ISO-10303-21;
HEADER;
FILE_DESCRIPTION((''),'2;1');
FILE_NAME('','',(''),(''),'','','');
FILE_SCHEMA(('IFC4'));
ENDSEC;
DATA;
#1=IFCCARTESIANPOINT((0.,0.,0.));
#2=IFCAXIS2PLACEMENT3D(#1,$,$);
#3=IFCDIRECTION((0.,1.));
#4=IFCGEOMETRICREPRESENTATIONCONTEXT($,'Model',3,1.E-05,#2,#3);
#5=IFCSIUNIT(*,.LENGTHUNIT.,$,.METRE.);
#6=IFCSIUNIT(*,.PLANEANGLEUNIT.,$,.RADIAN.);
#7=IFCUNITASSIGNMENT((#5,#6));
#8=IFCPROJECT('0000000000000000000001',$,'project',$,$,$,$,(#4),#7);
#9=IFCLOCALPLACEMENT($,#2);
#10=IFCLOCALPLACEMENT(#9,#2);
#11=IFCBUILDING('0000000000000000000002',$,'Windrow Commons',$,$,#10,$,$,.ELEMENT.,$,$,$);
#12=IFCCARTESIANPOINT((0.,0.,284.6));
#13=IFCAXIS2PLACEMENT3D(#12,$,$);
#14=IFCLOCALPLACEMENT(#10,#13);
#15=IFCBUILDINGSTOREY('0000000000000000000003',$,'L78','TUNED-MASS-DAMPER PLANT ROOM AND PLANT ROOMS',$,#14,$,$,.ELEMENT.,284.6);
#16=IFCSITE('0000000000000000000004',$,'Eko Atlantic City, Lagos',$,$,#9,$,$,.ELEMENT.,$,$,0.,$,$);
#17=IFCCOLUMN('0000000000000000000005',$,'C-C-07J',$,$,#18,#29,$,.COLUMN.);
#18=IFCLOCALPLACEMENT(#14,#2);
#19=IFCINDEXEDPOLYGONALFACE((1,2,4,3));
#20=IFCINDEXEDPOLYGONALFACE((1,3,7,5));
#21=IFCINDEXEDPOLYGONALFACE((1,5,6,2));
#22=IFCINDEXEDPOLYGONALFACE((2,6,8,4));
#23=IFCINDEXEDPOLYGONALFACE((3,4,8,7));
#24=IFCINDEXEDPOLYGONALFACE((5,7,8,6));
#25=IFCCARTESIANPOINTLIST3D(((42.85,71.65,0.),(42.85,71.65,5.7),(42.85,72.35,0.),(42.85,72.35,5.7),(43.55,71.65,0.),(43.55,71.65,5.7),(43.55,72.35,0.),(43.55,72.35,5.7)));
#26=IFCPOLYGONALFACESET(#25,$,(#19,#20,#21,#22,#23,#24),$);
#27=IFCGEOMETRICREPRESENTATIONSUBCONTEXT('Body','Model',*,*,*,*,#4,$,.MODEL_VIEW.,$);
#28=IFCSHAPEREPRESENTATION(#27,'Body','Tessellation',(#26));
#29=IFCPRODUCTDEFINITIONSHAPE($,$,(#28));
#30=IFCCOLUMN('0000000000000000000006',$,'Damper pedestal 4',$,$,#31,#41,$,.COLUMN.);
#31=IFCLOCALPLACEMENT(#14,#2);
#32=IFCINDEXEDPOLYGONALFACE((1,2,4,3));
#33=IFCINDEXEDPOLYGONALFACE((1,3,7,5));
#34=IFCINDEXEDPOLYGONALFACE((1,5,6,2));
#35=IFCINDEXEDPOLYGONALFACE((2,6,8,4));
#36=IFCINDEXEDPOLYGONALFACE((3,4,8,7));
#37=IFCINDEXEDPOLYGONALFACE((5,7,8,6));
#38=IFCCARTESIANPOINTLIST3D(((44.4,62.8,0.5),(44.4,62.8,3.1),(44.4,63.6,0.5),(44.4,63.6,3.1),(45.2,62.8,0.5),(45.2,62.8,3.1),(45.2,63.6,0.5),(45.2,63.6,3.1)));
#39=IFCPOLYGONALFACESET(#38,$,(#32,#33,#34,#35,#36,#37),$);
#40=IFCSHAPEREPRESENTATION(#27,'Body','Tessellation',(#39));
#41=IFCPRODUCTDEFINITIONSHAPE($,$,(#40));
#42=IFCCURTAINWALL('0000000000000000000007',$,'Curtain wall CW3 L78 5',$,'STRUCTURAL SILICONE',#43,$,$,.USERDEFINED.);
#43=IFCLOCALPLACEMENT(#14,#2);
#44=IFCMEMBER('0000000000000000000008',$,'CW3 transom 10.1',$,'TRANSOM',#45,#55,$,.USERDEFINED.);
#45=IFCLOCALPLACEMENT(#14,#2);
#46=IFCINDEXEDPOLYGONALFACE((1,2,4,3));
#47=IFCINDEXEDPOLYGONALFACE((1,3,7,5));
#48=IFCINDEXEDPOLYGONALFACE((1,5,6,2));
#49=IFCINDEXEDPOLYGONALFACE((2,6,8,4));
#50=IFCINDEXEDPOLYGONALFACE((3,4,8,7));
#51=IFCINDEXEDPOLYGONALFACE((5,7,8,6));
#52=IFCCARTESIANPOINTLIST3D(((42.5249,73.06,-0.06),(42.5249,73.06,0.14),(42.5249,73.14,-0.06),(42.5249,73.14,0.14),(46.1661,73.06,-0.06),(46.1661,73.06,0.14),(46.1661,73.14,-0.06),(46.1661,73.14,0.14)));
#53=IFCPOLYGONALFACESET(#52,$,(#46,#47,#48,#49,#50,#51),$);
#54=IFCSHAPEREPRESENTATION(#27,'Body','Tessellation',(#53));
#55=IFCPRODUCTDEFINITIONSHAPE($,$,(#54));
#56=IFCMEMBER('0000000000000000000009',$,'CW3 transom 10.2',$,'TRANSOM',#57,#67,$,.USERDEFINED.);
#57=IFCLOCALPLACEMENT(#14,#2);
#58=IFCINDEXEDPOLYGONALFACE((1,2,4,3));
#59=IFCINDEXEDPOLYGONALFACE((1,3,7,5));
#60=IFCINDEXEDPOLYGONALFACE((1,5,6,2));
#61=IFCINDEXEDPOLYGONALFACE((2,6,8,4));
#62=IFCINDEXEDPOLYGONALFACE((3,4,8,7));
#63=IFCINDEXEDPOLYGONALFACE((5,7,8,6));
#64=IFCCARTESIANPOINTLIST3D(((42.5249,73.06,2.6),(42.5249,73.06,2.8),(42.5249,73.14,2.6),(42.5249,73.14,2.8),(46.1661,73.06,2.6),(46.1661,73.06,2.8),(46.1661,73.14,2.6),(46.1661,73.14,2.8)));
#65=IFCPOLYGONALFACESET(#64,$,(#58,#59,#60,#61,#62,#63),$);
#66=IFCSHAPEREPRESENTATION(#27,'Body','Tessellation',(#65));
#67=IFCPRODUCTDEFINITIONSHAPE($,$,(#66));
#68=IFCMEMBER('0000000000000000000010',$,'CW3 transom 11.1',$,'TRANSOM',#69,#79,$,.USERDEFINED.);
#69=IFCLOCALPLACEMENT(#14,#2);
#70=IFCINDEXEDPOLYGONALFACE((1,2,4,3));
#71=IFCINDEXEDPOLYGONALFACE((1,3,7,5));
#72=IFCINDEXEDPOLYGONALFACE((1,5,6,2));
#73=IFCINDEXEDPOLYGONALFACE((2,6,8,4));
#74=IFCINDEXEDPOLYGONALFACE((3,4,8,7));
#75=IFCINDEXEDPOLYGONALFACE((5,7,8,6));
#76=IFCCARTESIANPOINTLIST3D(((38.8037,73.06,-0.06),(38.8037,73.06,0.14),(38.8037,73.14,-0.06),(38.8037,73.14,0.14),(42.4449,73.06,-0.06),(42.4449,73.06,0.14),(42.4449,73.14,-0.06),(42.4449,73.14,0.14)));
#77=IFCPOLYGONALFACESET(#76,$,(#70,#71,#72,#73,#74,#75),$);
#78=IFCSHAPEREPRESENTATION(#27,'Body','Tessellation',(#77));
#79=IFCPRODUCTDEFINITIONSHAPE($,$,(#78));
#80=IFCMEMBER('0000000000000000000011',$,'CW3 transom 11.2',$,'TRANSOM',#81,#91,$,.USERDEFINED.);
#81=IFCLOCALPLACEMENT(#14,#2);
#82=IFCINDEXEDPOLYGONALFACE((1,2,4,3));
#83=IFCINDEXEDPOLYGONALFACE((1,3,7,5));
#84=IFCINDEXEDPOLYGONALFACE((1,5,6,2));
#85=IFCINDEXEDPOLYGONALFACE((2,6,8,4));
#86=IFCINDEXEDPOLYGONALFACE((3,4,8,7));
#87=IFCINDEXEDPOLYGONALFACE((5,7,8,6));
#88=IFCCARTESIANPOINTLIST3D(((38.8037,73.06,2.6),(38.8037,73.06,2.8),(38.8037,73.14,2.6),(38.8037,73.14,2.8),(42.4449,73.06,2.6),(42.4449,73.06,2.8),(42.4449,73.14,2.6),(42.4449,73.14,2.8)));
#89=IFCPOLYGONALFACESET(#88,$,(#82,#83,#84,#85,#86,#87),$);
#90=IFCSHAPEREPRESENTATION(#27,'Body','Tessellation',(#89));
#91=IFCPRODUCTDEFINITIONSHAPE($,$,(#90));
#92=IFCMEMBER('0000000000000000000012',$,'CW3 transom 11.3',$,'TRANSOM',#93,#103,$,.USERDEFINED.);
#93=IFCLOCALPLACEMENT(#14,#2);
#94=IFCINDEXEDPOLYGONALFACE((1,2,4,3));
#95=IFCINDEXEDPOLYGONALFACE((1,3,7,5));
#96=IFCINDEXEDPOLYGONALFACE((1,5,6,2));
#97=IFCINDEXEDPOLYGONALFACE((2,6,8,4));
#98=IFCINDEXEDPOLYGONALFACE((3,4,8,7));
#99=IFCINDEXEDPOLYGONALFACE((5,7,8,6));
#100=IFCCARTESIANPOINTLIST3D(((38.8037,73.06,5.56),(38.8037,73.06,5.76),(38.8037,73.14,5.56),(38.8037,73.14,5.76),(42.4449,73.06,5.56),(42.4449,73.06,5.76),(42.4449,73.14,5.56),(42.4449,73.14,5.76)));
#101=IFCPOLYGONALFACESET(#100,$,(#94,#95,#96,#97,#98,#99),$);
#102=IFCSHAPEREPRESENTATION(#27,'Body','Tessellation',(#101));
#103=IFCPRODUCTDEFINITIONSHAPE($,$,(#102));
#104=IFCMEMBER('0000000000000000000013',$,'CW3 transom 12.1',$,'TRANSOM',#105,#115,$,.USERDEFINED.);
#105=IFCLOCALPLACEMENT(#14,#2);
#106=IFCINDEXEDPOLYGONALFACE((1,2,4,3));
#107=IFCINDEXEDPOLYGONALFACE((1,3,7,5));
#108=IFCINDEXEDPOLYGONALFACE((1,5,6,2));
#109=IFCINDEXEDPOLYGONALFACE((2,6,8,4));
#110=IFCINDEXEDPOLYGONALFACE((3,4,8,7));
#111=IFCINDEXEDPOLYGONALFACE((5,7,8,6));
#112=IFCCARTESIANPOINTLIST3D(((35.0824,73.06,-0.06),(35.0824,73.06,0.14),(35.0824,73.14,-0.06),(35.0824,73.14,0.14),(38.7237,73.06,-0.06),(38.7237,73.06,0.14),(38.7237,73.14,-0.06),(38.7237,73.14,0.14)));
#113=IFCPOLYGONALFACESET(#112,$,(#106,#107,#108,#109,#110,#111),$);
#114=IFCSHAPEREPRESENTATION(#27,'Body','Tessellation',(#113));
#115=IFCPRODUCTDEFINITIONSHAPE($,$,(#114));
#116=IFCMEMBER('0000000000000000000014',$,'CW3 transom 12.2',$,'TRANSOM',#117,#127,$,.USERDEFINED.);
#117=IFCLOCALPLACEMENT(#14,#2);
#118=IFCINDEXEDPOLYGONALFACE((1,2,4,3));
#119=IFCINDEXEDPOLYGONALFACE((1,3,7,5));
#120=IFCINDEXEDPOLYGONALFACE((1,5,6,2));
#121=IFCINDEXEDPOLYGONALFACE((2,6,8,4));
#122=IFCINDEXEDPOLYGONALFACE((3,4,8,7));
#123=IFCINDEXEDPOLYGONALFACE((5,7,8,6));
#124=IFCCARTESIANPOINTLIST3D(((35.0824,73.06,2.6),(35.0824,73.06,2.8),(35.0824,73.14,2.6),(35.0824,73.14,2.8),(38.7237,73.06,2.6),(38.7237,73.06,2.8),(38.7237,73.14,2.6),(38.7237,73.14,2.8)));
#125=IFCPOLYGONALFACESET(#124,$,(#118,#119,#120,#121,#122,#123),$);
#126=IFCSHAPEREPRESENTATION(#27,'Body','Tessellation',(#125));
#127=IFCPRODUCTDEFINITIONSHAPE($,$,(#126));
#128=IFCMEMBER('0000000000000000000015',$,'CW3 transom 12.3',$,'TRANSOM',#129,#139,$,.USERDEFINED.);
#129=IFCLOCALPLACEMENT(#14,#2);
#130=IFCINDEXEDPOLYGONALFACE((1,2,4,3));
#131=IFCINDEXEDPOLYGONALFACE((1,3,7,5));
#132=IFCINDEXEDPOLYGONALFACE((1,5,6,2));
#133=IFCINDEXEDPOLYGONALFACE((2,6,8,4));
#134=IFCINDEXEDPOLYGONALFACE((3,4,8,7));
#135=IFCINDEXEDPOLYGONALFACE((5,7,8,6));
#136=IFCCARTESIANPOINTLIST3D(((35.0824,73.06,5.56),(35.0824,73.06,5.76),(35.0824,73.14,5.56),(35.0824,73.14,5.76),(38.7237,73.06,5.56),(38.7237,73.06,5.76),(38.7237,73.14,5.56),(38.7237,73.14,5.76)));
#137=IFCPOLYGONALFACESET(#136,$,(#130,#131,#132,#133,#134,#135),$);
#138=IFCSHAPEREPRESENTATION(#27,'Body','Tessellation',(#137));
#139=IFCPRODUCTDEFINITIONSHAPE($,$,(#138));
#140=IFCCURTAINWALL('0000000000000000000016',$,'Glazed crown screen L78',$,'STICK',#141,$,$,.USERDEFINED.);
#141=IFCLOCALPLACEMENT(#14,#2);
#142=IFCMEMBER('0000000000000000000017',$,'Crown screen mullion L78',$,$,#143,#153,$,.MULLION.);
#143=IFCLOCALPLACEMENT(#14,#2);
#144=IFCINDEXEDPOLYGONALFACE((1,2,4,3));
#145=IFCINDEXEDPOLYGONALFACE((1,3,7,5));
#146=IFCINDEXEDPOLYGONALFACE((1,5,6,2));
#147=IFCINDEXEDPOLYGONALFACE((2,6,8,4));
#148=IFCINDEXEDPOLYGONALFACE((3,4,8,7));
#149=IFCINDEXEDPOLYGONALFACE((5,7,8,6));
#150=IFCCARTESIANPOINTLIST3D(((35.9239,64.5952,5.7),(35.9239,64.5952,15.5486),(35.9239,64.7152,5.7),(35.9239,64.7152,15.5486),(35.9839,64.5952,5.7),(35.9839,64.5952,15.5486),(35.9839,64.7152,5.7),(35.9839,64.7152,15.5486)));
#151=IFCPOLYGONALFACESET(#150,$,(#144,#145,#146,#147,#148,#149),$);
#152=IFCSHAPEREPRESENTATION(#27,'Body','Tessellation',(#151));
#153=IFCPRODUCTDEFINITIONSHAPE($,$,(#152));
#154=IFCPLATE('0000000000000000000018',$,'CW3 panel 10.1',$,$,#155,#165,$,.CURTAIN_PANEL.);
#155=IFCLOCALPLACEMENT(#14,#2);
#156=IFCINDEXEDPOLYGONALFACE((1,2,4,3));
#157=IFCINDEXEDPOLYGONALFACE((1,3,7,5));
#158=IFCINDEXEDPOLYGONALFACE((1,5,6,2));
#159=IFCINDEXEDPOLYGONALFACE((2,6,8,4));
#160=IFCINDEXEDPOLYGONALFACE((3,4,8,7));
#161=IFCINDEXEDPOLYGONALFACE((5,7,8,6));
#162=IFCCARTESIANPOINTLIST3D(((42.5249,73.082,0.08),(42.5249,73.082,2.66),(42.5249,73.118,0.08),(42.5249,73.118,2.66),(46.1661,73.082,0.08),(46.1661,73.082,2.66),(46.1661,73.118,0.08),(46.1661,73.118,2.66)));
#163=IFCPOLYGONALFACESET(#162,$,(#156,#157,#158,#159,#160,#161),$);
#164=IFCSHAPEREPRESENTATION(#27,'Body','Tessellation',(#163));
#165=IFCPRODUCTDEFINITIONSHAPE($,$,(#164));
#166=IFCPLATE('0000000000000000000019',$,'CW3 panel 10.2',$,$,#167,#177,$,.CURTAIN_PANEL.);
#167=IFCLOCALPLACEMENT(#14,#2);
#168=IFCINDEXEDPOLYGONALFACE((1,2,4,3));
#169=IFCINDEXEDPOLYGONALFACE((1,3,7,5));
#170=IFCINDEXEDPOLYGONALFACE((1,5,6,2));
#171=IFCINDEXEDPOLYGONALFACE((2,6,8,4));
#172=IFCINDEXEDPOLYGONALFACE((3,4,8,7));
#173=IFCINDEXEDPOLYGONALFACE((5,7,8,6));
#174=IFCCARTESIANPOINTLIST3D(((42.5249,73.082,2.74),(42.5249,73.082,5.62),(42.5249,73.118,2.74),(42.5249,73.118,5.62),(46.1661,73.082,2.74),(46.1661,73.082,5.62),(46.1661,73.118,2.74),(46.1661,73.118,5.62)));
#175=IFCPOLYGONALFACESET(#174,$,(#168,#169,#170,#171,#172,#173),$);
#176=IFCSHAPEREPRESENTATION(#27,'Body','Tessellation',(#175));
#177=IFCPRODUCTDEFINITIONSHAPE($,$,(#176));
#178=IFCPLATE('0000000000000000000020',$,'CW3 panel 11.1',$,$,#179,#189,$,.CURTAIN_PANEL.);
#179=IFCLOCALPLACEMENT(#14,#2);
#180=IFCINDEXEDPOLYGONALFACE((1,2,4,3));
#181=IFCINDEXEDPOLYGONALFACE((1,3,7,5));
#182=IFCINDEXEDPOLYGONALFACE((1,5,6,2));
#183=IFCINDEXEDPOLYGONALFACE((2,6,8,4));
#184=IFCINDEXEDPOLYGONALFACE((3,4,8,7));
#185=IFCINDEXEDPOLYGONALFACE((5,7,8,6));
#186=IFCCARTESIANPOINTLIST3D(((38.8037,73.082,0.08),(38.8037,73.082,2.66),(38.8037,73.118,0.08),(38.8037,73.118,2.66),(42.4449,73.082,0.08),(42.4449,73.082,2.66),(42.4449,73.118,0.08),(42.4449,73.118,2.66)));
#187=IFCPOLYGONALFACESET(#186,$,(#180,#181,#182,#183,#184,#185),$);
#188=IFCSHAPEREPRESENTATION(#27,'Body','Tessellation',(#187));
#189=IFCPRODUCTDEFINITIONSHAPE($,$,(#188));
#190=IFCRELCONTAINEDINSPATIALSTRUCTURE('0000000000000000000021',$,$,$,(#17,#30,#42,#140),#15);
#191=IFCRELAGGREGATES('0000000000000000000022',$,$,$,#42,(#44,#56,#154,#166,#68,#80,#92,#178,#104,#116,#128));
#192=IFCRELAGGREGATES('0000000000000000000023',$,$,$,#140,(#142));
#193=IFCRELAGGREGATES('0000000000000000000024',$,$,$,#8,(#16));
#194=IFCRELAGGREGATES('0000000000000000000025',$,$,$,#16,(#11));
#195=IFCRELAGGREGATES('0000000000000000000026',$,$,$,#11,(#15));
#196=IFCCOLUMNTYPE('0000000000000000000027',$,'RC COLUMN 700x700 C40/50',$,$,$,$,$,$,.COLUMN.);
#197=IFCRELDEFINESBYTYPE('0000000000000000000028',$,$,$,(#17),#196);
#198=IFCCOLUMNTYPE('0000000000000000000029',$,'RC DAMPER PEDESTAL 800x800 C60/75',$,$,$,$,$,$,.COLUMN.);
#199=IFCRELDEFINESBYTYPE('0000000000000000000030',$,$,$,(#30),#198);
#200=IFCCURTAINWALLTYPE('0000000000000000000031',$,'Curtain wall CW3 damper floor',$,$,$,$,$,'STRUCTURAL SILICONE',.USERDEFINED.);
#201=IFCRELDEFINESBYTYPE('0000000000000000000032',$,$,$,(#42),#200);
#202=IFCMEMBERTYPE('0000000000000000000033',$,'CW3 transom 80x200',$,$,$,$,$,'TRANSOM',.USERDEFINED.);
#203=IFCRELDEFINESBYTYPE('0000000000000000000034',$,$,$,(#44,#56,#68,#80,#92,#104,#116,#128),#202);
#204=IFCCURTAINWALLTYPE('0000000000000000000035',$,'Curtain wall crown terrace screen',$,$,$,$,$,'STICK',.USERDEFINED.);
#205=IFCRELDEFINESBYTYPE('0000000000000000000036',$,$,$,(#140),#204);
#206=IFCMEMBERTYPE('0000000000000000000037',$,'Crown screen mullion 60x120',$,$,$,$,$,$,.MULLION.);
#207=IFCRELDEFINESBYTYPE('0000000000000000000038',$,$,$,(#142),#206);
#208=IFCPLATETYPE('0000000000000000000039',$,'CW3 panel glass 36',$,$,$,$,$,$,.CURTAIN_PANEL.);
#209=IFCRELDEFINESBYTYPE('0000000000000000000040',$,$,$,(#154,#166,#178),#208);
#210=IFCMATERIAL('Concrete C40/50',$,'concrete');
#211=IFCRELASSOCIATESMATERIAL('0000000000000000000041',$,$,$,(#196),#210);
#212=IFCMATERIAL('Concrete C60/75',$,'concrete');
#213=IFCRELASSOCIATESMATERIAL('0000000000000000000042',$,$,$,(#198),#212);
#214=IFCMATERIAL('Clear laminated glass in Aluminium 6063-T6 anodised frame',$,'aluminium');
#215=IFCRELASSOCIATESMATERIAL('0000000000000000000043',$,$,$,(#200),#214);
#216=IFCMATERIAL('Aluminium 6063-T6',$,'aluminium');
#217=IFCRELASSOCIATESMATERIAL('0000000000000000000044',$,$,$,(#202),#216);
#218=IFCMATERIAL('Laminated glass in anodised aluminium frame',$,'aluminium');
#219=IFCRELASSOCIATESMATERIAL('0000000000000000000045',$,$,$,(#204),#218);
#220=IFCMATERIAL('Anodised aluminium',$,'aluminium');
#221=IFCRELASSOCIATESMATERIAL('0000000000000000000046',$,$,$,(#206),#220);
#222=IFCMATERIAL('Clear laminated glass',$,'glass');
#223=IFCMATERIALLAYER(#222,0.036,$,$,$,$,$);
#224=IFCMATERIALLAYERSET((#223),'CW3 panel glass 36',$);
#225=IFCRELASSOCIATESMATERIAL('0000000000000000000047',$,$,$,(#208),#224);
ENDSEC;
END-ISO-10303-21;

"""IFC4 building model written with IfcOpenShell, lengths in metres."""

from ifc_helpers import new_model, si_unit, direction, frame, origin, origin_2d, place, context, subcontext, project, spatial, rectangle, extrude, material, layer, layer_set, material_profile, profile_set, type_object, element, aggregate, save


model = new_model("IFC4")

# Units and contexts
model_context = context("Model", 3, precision=1e-05, world=origin(), true_north=direction((0.0, 1.0)))
body_context = subcontext(model_context, "Body", "Model", "MODEL_VIEW")
ifc_project = project(units=[si_unit("LENGTHUNIT", "METRE"), si_unit("PLANEANGLEUNIT", "RADIAN")], contexts=[model_context])

# Site, building, storey
site_placement = place(None, origin())
site = spatial("IfcSite", under=ifc_project, at=site_placement, Name="Eko Atlantic City, Lagos", CompositionType="ELEMENT", RefElevation=0.0)
building_placement = place(site_placement, origin())
building = spatial("IfcBuilding", under=site, at=building_placement, Name="Windrow Commons", CompositionType="ELEMENT")
storey_placement = place(building_placement, frame((0.0, 0.0, 284.6)))
storey = spatial("IfcBuildingStorey", under=building, at=storey_placement, Name="L78", Description="TUNED-MASS-DAMPER PLANT ROOM AND PLANT ROOMS", CompositionType="ELEMENT", Elevation=284.6)

# Columns
ifc_material_1 = material(Name="Concrete C40/50", Category="concrete")
ifc_material_profile_1 = material_profile(ifc_material_1, rectangle(XDim=0.7, YDim=0.7, at=origin_2d()))
ifc_profile_set_1 = profile_set([ifc_material_profile_1], Name="Concrete C40/50")
column_type_1 = type_object("IfcColumnType", Name="RC COLUMN 700x700 C40/50", PredefinedType="COLUMN", material=ifc_profile_set_1)
column_1_placement = place(storey_placement, frame((43.2, 72.0, 0.0), z_axis=(0.0, 0.0, 1.0), x_axis=(1.0, 0.0, 0.0)))
element("IfcColumn", 1, at=column_1_placement, inside=storey, type_object=column_type_1, Name="C-C-07J", PredefinedType="COLUMN", context=body_context, shape_type="SweptSolid", body=[
    extrude(rectangle(XDim=0.7, YDim=0.7, at=origin_2d()), origin(), (0.0, 0.0, 1.0), 5.7),
])
ifc_material_2 = material(Name="Concrete C60/75", Category="concrete")
ifc_material_profile_2 = material_profile(ifc_material_2, rectangle(XDim=0.8, YDim=0.8, at=origin_2d()))
ifc_profile_set_2 = profile_set([ifc_material_profile_2], Name="Concrete C60/75")
column_type_2 = type_object("IfcColumnType", Name="RC DAMPER PEDESTAL 800x800 C60/75", PredefinedType="COLUMN", material=ifc_profile_set_2)
column_2_placement = place(storey_placement, frame((44.8, 63.2, 0.5), z_axis=(0.0, 0.0, 1.0), x_axis=(1.0, 0.0, 0.0)))
element("IfcColumn", 2, at=column_2_placement, inside=storey, type_object=column_type_2, Name="Damper pedestal 4", PredefinedType="COLUMN", context=body_context, shape_type="SweptSolid", body=[
    extrude(rectangle(XDim=0.8, YDim=0.8, at=origin_2d()), origin(), (0.0, 0.0, 1.0), 2.6),
])

# Curtain wall, members
ifc_material_3 = material(Name="Clear laminated glass in Aluminium 6063-T6 anodised frame", Category="aluminium")
curtain_wall_type_1 = type_object("IfcCurtainWallType", Name="Curtain wall CW3 damper floor", ElementType="STRUCTURAL SILICONE", PredefinedType="USERDEFINED", material=ifc_material_3)
placement = place(storey_placement, origin())
curtain_wall_1 = element("IfcCurtainWall", 3, at=placement, inside=storey, type_object=curtain_wall_type_1, Name="Curtain wall CW3 L78 5", ObjectType="STRUCTURAL SILICONE", PredefinedType="USERDEFINED")
ifc_material_4 = material(Name="Aluminium 6063-T6", Category="aluminium")
ifc_material_profile_3 = material_profile(ifc_material_4, rectangle(XDim=0.08, YDim=0.2, at=origin_2d()))
ifc_profile_set_3 = profile_set([ifc_material_profile_3], Name="Aluminium 6063-T6")
member_type_1 = type_object("IfcMemberType", Name="CW3 transom 80x200", ElementType="TRANSOM", PredefinedType="USERDEFINED", material=ifc_profile_set_3)
member_1_placement = place(storey_placement, frame((46.1661, 73.1, 0.04), z_axis=(-1.0, 0.0, 0.0), x_axis=(0.0, -1.0, 0.0)))
member_1 = element("IfcMember", 4, at=member_1_placement, type_object=member_type_1, Name="CW3 transom 10.1", ObjectType="TRANSOM", PredefinedType="USERDEFINED", context=body_context, shape_type="SweptSolid", body=[
    extrude(rectangle(XDim=0.08, YDim=0.2, at=origin_2d()), origin(), (0.0, 0.0, 1.0), 3.6412),
])
member_2_placement = place(storey_placement, frame((46.1661, 73.1, 2.7), z_axis=(-1.0, 0.0, 0.0), x_axis=(0.0, -1.0, 0.0)))
member_2 = element("IfcMember", 5, at=member_2_placement, type_object=member_type_1, Name="CW3 transom 10.2", ObjectType="TRANSOM", PredefinedType="USERDEFINED", context=body_context, shape_type="SweptSolid", body=[
    extrude(rectangle(XDim=0.08, YDim=0.2, at=origin_2d()), origin(), (0.0, 0.0, 1.0), 3.6412),
])
member_3_placement = place(storey_placement, frame((42.4449, 73.1, 0.04), z_axis=(-1.0, 0.0, 0.0), x_axis=(0.0, -1.0, 0.0)))
member_3 = element("IfcMember", 6, at=member_3_placement, type_object=member_type_1, Name="CW3 transom 11.1", ObjectType="TRANSOM", PredefinedType="USERDEFINED", context=body_context, shape_type="SweptSolid", body=[
    extrude(rectangle(XDim=0.08, YDim=0.2, at=origin_2d()), origin(), (0.0, 0.0, 1.0), 3.6412),
])
member_4_placement = place(storey_placement, frame((42.4449, 73.1, 2.7), z_axis=(-1.0, 0.0, 0.0), x_axis=(0.0, -1.0, 0.0)))
member_4 = element("IfcMember", 7, at=member_4_placement, type_object=member_type_1, Name="CW3 transom 11.2", ObjectType="TRANSOM", PredefinedType="USERDEFINED", context=body_context, shape_type="SweptSolid", body=[
    extrude(rectangle(XDim=0.08, YDim=0.2, at=origin_2d()), origin(), (0.0, 0.0, 1.0), 3.6412),
])
member_5_placement = place(storey_placement, frame((42.4449, 73.1, 5.66), z_axis=(-1.0, 0.0, 0.0), x_axis=(0.0, -1.0, 0.0)))
member_5 = element("IfcMember", 8, at=member_5_placement, type_object=member_type_1, Name="CW3 transom 11.3", ObjectType="TRANSOM", PredefinedType="USERDEFINED", context=body_context, shape_type="SweptSolid", body=[
    extrude(rectangle(XDim=0.08, YDim=0.2, at=origin_2d()), origin(), (0.0, 0.0, 1.0), 3.6412),
])
member_6_placement = place(storey_placement, frame((38.7237, 73.1, 0.04), z_axis=(-1.0, 0.0, 0.0), x_axis=(0.0, -1.0, 0.0)))
member_6 = element("IfcMember", 9, at=member_6_placement, type_object=member_type_1, Name="CW3 transom 12.1", ObjectType="TRANSOM", PredefinedType="USERDEFINED", context=body_context, shape_type="SweptSolid", body=[
    extrude(rectangle(XDim=0.08, YDim=0.2, at=origin_2d()), origin(), (0.0, 0.0, 1.0), 3.6413),
])
member_7_placement = place(storey_placement, frame((38.7237, 73.1, 2.7), z_axis=(-1.0, 0.0, 0.0), x_axis=(0.0, -1.0, 0.0)))
member_7 = element("IfcMember", 10, at=member_7_placement, type_object=member_type_1, Name="CW3 transom 12.2", ObjectType="TRANSOM", PredefinedType="USERDEFINED", context=body_context, shape_type="SweptSolid", body=[
    extrude(rectangle(XDim=0.08, YDim=0.2, at=origin_2d()), origin(), (0.0, 0.0, 1.0), 3.6413),
])
member_8_placement = place(storey_placement, frame((38.7237, 73.1, 5.66), z_axis=(-1.0, 0.0, 0.0), x_axis=(0.0, -1.0, 0.0)))
member_8 = element("IfcMember", 11, at=member_8_placement, type_object=member_type_1, Name="CW3 transom 12.3", ObjectType="TRANSOM", PredefinedType="USERDEFINED", context=body_context, shape_type="SweptSolid", body=[
    extrude(rectangle(XDim=0.08, YDim=0.2, at=origin_2d()), origin(), (0.0, 0.0, 1.0), 3.6413),
])

# Curtain wall, member
ifc_material_5 = material(Name="Laminated glass in anodised aluminium frame", Category="aluminium")
curtain_wall_type_2 = type_object("IfcCurtainWallType", Name="Curtain wall crown terrace screen", ElementType="STICK", PredefinedType="USERDEFINED", material=ifc_material_5)
curtain_wall_2 = element("IfcCurtainWall", 12, at=placement, inside=storey, type_object=curtain_wall_type_2, Name="Glazed crown screen L78", ObjectType="STICK", PredefinedType="USERDEFINED")
ifc_material_6 = material(Name="Anodised aluminium", Category="aluminium")
ifc_material_profile_4 = material_profile(ifc_material_6, rectangle(XDim=0.06, YDim=0.12, at=origin_2d()))
ifc_profile_set_4 = profile_set([ifc_material_profile_4], Name="Anodised aluminium")
member_type_2 = type_object("IfcMemberType", Name="Crown screen mullion 60x120", PredefinedType="MULLION", material=ifc_profile_set_4)
member_9_placement = place(storey_placement, frame((35.9539, 64.6552, 5.7), z_axis=(0.0, 0.0, 1.0), x_axis=(1.0, 0.0, 0.0)))
member_9 = element("IfcMember", 13, at=member_9_placement, type_object=member_type_2, Name="Crown screen mullion L78", PredefinedType="MULLION", context=body_context, shape_type="SweptSolid", body=[
    extrude(rectangle(XDim=0.06, YDim=0.12, at=origin_2d()), origin(), (0.0, 0.0, 1.0), 9.8486),
])

# Plates
ifc_material_7 = material(Name="Clear laminated glass", Category="glass")
ifc_layer_1 = layer(ifc_material_7, 0.036)
ifc_layer_set_1 = layer_set([ifc_layer_1], Name="CW3 panel glass 36")
plate_type_1 = type_object("IfcPlateType", Name="CW3 panel glass 36", PredefinedType="CURTAIN_PANEL", material=ifc_layer_set_1)
plate_1_placement = place(storey_placement, frame((44.3455, 73.1, 0.08), z_axis=(0.0, 0.0, 1.0), x_axis=(-1.0, 0.0, 0.0)))
plate_1 = element("IfcPlate", 14, at=plate_1_placement, type_object=plate_type_1, Name="CW3 panel 10.1", PredefinedType="CURTAIN_PANEL", context=body_context, shape_type="SweptSolid", body=[
    extrude(rectangle(XDim=3.6412, YDim=0.036, at=origin_2d()), origin(), (0.0, 0.0, 1.0), 2.58),
])
plate_2_placement = place(storey_placement, frame((44.3455, 73.1, 2.74), z_axis=(0.0, 0.0, 1.0), x_axis=(-1.0, 0.0, 0.0)))
plate_2 = element("IfcPlate", 15, at=plate_2_placement, type_object=plate_type_1, Name="CW3 panel 10.2", PredefinedType="CURTAIN_PANEL", context=body_context, shape_type="SweptSolid", body=[
    extrude(rectangle(XDim=3.6412, YDim=0.036, at=origin_2d()), origin(), (0.0, 0.0, 1.0), 2.88),
])
plate_3_placement = place(storey_placement, frame((40.6243, 73.1, 0.08), z_axis=(0.0, 0.0, 1.0), x_axis=(-1.0, 0.0, 0.0)))
plate_3 = element("IfcPlate", 16, at=plate_3_placement, type_object=plate_type_1, Name="CW3 panel 11.1", PredefinedType="CURTAIN_PANEL", context=body_context, shape_type="SweptSolid", body=[
    extrude(rectangle(XDim=3.6412, YDim=0.036, at=origin_2d()), origin(), (0.0, 0.0, 1.0), 2.58),
])
aggregate(curtain_wall_1, [member_1, member_2, plate_1, plate_2, member_3, member_4, member_5, plate_3, member_6, member_7, member_8])
aggregate(curtain_wall_2, [member_9])

save(model, "model.ifc")
